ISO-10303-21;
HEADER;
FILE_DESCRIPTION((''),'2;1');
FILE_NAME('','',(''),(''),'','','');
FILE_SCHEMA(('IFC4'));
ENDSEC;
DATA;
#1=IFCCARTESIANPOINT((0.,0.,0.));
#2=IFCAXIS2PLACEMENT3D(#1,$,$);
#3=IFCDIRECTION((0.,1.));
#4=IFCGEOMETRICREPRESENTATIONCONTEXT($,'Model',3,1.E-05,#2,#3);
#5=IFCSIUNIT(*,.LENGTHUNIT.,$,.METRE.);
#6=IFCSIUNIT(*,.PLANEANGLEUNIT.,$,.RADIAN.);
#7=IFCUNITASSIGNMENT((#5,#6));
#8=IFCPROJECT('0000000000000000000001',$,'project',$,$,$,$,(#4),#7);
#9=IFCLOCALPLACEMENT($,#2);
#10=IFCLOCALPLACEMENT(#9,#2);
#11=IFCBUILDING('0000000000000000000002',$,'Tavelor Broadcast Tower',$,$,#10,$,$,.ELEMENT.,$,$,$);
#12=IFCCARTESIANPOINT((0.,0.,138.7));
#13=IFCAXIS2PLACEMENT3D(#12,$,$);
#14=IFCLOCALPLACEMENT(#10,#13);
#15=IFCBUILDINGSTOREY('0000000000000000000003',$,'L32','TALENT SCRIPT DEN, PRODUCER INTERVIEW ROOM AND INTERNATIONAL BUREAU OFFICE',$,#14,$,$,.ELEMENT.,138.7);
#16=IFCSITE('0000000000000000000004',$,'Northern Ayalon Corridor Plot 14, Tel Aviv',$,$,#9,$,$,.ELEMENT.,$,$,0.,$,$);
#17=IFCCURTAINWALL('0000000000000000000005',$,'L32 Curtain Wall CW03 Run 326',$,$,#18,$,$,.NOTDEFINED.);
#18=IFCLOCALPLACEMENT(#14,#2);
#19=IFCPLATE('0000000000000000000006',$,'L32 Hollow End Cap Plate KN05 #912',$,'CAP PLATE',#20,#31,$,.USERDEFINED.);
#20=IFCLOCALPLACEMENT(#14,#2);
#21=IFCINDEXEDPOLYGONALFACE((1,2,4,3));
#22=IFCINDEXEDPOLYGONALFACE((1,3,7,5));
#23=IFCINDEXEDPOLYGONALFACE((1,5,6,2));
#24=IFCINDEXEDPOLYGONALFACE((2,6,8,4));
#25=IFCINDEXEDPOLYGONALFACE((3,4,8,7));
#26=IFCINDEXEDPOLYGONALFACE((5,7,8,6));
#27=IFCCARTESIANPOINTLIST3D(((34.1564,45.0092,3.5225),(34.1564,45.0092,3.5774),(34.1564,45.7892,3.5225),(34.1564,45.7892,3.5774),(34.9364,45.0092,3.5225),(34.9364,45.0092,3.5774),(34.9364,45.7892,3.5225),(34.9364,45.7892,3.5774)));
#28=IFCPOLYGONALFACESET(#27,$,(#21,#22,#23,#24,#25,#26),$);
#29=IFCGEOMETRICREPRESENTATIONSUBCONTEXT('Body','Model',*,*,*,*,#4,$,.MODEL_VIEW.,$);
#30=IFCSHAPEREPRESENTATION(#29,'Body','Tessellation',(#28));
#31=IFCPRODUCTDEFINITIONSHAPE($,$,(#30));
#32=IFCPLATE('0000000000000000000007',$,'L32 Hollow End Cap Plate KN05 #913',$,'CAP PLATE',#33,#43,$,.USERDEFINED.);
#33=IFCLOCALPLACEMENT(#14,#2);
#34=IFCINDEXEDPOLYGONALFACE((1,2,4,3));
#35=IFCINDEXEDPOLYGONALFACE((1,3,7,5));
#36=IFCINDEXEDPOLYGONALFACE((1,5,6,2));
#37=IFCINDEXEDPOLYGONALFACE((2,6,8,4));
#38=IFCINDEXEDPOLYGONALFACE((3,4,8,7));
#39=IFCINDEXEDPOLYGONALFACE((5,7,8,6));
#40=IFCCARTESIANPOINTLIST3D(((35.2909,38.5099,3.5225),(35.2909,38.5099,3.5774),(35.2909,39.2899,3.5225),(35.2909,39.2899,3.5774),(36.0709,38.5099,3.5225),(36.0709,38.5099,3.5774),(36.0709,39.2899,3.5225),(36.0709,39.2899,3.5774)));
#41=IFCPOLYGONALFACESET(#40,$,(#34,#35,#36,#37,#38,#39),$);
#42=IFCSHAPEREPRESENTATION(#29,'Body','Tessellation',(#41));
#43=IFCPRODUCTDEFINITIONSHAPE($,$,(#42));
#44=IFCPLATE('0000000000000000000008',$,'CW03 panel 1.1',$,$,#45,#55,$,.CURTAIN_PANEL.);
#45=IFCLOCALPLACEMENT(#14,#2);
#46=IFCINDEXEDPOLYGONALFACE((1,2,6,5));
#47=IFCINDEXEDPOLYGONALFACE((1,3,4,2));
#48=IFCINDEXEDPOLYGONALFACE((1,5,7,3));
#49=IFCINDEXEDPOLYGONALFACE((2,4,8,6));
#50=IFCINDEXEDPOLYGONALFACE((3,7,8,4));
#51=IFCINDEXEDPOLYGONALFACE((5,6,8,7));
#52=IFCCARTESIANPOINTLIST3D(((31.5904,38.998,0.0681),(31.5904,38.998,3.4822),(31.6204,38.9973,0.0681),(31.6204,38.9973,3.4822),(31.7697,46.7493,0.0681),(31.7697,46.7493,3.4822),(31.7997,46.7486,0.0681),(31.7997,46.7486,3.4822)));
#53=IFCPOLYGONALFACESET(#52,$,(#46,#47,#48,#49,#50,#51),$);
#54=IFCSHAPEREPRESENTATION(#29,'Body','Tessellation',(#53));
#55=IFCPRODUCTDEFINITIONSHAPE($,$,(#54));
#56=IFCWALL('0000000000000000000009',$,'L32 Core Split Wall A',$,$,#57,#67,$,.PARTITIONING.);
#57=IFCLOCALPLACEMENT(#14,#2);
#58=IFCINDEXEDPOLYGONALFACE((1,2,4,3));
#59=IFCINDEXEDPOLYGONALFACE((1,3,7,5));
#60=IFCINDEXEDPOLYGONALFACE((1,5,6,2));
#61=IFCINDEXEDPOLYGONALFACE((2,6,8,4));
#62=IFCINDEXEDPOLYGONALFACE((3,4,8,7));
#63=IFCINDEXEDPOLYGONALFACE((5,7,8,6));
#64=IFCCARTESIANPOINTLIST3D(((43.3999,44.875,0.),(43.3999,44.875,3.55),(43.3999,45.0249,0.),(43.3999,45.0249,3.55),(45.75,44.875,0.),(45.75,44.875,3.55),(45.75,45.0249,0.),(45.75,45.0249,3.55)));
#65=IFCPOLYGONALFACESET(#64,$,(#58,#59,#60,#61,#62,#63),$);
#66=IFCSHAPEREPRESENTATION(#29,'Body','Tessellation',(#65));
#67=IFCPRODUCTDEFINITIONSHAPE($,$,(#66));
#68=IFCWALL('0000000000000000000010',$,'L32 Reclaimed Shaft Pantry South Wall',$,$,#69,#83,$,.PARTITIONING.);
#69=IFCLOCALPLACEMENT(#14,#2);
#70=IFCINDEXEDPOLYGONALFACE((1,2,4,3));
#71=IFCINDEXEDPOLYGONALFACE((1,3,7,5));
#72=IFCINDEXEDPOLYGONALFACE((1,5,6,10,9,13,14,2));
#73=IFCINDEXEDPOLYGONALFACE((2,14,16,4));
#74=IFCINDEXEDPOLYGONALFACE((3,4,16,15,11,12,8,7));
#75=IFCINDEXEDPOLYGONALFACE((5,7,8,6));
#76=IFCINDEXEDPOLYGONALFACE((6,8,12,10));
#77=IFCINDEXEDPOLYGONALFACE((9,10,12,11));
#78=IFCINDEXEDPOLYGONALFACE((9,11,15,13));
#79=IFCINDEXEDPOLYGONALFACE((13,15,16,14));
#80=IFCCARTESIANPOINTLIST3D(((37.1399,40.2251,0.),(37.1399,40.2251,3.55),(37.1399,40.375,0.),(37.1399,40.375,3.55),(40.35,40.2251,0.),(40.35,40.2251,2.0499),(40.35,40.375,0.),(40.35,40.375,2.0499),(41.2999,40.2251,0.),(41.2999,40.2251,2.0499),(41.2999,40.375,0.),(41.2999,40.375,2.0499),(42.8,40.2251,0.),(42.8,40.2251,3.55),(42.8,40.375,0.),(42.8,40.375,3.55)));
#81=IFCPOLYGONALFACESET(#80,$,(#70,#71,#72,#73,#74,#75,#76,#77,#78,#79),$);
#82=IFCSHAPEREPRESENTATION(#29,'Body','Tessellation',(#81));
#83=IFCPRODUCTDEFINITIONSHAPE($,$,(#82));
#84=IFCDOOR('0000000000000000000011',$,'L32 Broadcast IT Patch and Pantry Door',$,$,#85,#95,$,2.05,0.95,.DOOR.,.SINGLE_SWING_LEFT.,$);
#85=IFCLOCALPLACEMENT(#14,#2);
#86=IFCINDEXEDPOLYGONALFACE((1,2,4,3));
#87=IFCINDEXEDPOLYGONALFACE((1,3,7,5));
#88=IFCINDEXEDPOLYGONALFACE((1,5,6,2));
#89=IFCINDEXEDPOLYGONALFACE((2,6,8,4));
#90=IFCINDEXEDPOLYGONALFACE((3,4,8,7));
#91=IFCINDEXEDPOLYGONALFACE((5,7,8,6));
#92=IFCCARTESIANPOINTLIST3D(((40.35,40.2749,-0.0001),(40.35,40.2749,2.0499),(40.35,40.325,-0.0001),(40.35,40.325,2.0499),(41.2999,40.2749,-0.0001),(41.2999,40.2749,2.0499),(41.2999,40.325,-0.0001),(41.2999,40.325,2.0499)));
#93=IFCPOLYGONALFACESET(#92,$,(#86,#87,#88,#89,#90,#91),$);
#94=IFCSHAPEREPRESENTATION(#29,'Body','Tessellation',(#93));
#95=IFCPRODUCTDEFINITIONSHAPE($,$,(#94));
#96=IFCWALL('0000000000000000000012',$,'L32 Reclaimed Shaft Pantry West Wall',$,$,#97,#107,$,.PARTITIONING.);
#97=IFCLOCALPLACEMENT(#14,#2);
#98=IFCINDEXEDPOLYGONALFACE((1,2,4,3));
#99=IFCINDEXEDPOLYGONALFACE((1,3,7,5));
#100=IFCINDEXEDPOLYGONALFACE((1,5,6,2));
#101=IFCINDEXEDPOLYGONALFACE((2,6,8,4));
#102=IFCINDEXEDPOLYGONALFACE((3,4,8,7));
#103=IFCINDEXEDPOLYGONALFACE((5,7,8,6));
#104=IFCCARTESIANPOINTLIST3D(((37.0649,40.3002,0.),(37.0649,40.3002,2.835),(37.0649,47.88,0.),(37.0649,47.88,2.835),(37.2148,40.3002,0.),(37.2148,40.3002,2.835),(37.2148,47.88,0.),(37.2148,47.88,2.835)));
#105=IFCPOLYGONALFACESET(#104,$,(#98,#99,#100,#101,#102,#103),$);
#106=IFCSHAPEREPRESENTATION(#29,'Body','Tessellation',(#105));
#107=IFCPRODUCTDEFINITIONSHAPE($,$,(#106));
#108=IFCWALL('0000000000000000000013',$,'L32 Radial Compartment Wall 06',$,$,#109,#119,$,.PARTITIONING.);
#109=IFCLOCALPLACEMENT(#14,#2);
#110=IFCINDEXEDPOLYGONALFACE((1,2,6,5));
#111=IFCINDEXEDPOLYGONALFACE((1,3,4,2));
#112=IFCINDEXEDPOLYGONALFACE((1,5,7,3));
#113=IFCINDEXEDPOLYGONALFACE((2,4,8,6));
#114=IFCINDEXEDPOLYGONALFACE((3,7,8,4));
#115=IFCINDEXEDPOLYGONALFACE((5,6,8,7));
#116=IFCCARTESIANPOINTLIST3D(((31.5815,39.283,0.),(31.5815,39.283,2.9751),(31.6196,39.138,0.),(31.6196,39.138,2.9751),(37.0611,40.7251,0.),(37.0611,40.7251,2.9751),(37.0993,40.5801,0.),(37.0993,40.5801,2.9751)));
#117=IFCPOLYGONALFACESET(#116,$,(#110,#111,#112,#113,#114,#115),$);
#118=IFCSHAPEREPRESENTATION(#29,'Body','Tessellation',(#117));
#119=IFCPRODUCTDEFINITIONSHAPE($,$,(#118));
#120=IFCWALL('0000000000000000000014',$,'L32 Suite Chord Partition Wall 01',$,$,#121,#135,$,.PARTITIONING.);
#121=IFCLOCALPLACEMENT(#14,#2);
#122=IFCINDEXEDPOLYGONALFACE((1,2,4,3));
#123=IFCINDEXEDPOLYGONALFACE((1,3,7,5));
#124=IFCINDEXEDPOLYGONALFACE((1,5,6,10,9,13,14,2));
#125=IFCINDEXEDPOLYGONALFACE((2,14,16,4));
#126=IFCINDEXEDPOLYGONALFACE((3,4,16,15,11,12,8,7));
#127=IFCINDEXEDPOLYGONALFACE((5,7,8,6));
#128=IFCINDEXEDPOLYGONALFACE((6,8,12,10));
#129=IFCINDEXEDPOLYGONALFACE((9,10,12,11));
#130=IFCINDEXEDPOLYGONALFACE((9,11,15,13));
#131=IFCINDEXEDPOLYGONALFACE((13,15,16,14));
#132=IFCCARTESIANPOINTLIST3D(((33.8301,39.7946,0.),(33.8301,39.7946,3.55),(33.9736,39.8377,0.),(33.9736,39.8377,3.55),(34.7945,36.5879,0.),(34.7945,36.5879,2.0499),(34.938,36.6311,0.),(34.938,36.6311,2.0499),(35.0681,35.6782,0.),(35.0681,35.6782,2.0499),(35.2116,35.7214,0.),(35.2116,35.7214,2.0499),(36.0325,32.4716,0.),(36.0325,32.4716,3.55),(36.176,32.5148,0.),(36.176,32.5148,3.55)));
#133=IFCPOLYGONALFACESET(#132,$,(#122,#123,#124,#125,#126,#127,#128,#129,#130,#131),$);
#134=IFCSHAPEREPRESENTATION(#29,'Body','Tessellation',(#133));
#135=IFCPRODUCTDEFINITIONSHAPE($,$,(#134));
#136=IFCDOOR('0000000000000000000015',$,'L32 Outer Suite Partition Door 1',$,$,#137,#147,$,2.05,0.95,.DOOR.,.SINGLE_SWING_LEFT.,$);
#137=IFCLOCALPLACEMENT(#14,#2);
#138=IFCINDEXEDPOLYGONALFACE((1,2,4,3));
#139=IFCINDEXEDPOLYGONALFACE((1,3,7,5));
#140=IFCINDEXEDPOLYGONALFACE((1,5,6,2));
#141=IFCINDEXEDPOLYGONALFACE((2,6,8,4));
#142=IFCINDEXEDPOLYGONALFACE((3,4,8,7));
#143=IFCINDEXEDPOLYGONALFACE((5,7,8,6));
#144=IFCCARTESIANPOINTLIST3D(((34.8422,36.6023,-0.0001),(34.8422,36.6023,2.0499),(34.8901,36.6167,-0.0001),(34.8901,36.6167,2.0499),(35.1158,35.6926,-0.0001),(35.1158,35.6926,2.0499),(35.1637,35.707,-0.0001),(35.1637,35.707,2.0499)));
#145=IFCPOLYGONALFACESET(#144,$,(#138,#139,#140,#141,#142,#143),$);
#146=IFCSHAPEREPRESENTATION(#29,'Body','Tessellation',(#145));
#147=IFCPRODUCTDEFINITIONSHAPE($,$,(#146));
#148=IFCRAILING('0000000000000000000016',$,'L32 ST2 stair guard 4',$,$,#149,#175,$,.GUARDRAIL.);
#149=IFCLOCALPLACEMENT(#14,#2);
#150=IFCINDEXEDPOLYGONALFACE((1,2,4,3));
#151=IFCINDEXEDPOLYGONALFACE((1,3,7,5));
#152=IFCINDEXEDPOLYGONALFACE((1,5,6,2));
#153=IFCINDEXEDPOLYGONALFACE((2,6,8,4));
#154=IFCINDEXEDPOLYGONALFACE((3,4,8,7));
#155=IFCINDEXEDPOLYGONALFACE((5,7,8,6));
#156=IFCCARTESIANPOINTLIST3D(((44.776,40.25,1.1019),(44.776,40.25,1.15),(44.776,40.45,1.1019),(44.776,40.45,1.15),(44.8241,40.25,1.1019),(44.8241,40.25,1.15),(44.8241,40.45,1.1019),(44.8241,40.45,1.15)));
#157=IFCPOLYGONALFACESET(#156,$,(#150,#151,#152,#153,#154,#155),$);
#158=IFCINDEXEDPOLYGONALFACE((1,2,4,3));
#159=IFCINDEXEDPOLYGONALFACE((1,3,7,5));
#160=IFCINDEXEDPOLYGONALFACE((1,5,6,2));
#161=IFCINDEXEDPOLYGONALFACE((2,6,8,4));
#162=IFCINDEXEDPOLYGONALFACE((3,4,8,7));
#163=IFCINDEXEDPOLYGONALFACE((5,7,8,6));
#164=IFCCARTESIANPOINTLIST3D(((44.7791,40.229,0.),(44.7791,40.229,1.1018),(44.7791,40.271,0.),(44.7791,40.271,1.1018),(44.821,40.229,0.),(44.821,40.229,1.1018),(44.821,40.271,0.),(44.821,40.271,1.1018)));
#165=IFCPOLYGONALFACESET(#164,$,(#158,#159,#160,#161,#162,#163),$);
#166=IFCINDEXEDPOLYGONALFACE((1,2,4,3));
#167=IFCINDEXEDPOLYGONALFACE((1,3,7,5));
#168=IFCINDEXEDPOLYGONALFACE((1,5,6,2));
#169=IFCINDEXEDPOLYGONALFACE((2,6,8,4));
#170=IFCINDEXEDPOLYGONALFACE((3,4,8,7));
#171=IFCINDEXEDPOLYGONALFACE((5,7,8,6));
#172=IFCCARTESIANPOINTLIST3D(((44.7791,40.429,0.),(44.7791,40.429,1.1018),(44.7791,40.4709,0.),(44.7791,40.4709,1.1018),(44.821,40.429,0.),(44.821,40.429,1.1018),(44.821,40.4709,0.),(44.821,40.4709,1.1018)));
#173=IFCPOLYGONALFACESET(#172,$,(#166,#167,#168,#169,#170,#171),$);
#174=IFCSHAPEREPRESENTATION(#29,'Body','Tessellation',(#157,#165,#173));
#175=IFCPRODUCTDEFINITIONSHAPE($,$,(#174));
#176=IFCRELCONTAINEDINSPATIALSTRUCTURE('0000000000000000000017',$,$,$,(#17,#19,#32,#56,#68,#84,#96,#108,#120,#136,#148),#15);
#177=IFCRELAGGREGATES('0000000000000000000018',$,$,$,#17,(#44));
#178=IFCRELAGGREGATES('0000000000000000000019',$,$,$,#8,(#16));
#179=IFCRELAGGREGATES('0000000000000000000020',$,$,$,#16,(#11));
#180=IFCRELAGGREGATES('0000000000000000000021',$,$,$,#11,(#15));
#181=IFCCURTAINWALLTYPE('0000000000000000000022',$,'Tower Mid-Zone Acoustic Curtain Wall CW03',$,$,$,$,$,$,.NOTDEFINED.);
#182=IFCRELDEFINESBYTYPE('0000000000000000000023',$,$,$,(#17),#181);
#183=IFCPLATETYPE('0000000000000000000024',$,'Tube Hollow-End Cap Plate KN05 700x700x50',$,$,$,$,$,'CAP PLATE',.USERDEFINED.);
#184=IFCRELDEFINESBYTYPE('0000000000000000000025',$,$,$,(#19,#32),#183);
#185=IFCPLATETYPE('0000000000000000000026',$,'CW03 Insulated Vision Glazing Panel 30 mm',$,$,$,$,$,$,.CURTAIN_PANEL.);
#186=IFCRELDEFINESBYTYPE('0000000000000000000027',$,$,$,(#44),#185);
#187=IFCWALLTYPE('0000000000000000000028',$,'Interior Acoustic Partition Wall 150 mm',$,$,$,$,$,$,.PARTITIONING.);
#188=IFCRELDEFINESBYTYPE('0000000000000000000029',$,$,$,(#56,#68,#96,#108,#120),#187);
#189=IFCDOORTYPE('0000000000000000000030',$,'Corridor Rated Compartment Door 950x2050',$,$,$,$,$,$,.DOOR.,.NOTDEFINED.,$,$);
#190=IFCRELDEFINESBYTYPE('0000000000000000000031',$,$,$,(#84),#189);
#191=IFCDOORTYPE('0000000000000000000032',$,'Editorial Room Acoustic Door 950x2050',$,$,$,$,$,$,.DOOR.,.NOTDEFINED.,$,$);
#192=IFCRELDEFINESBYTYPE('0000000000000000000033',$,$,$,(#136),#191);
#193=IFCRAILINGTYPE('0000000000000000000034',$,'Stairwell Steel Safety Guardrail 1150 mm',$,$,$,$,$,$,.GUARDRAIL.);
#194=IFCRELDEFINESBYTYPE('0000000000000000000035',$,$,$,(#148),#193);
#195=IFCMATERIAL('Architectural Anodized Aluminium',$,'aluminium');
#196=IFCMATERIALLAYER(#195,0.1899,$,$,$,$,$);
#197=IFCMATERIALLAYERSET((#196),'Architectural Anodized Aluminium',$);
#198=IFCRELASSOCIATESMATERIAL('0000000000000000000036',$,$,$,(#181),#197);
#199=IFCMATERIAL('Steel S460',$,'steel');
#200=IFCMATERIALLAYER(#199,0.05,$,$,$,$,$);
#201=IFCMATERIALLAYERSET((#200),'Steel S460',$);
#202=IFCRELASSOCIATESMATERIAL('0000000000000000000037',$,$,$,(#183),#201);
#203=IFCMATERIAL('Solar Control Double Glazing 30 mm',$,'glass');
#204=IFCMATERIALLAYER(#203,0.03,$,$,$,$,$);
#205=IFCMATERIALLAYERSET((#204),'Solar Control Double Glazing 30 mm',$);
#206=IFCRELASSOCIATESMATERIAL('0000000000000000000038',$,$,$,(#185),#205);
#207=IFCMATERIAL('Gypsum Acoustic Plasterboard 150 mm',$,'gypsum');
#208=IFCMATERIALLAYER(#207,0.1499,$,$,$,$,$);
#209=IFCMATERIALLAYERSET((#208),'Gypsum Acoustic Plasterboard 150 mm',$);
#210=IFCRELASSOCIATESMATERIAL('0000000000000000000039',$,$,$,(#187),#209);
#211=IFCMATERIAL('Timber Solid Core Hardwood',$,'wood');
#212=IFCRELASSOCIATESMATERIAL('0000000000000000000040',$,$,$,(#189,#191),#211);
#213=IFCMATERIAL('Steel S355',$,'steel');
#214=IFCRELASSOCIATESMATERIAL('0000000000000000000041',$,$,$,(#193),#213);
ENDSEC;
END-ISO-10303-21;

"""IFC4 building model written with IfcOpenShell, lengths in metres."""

from ifc_helpers import new_model, si_unit, direction, frame, frame_2d, origin, origin_2d, place, context, subcontext, project, spatial, rectangle, extrude, source, transform, mapped, material, layer, layer_set, type_object, type_shapes, element, fill, aggregate, save


model = new_model("IFC4")

# Units and contexts
model_context = context("Model", 3, precision=1e-05, world=origin(), true_north=direction((0.0, 1.0)))
body_context = subcontext(model_context, "Body", "Model", "MODEL_VIEW")
ifc_project = project(units=[si_unit("LENGTHUNIT", "METRE"), si_unit("PLANEANGLEUNIT", "RADIAN")], contexts=[model_context])

# Site, building, storey
site_placement = place(None, origin())
site = spatial("IfcSite", under=ifc_project, at=site_placement, Name="Northern Ayalon Corridor Plot 14, Tel Aviv", CompositionType="ELEMENT", RefElevation=0.0)
building_placement = place(site_placement, origin())
building = spatial("IfcBuilding", under=site, at=building_placement, Name="Tavelor Broadcast Tower", CompositionType="ELEMENT")
storey_placement = place(building_placement, frame((0.0, 0.0, 138.7)))
storey = spatial("IfcBuildingStorey", under=building, at=storey_placement, Name="L32", Description="TALENT SCRIPT DEN, PRODUCER INTERVIEW ROOM AND INTERNATIONAL BUREAU OFFICE", CompositionType="ELEMENT", Elevation=138.7)

# Shared definitions
ifc_material_1 = material(Name="Steel S460", Category="steel")

# Shared definitions
ifc_material_2 = material(Name="Steel S355", Category="steel")

# Curtain wall
ifc_material_3 = material(Name="Architectural Anodized Aluminium", Category="aluminium")
ifc_layer_1 = layer(ifc_material_3, 0.1899)
ifc_layer_set_1 = layer_set([ifc_layer_1], Name="Architectural Anodized Aluminium")
curtain_wall_type = type_object("IfcCurtainWallType", Name="Tower Mid-Zone Acoustic Curtain Wall CW03", PredefinedType="NOTDEFINED", material=ifc_layer_set_1)
curtain_wall_placement = place(storey_placement, origin())
curtain_wall = element("IfcCurtainWall", 1, at=curtain_wall_placement, inside=storey, type_object=curtain_wall_type, Name="L32 Curtain Wall CW03 Run 326", PredefinedType="NOTDEFINED")

# Plates
ifc_layer_2 = layer(ifc_material_1, 0.05)
ifc_layer_set_2 = layer_set([ifc_layer_2], Name="Steel S460")
plate_type_1 = type_object("IfcPlateType", Name="Tube Hollow-End Cap Plate KN05 700x700x50", ElementType="CAP PLATE", PredefinedType="USERDEFINED", material=ifc_layer_set_2)
shared_shape_1 = source(origin(), body_context, "Body", "SweptSolid", [
    extrude(rectangle(XDim=0.78, YDim=0.78, at=origin_2d()), origin(), (0.0, 0.0, 1.0), 0.0549),
])
type_shapes(plate_type_1, [shared_shape_1])
for number, where, z_axis, x_axis, name in (
    (2, (34.5464, 45.3992, 3.5225), (0.0, 0.0, 1.0), (1.0, 0.0, 0.0), "L32 Hollow End Cap Plate KN05 #912"),
    (3, (35.6809, 38.8999, 3.5225), (0.0, 0.0, 1.0), (1.0, 0.0, 0.0), "L32 Hollow End Cap Plate KN05 #913"),
):
    element("IfcPlate", number, at=place(storey_placement, frame(where, z_axis=z_axis, x_axis=x_axis)), inside=storey, type_object=plate_type_1, Name=name, ObjectType="CAP PLATE", PredefinedType="USERDEFINED", context=body_context, shape_type="MappedRepresentation", body=[
        mapped(shared_shape_1, transform((0.0, 0.0, 0.0), scale=1.0)),
    ])

# Plate
ifc_material_4 = material(Name="Solar Control Double Glazing 30 mm", Category="glass")
ifc_layer_3 = layer(ifc_material_4, 0.03)
ifc_layer_set_3 = layer_set([ifc_layer_3], Name="Solar Control Double Glazing 30 mm")
plate_type_2 = type_object("IfcPlateType", Name="CW03 Insulated Vision Glazing Panel 30 mm", PredefinedType="CURTAIN_PANEL", material=ifc_layer_set_3)
shared_shape_2 = source(origin(), body_context, "Body", "SweptSolid", [
    extrude(rectangle(XDim=7.7534, YDim=0.03, at=origin_2d()), origin(), (0.0, 0.0, 1.0), 3.4141),
])
type_shapes(plate_type_2, [shared_shape_2])
plate_placement = place(storey_placement, frame((31.6951, 42.8733, 0.0681), z_axis=(0.0, 0.0, 1.0), x_axis=(-0.02312, -0.999733, 0.0)))
plate = element("IfcPlate", 4, at=plate_placement, type_object=plate_type_2, Name="CW03 panel 1.1", PredefinedType="CURTAIN_PANEL", context=body_context, shape_type="MappedRepresentation", body=[
    mapped(shared_shape_2, transform((0.0, 0.0, 0.0), scale=1.0)),
])
aggregate(curtain_wall, [plate])

# Wall
ifc_material_5 = material(Name="Gypsum Acoustic Plasterboard 150 mm", Category="gypsum")
ifc_layer_4 = layer(ifc_material_5, 0.1499)
ifc_layer_set_4 = layer_set([ifc_layer_4], Name="Gypsum Acoustic Plasterboard 150 mm")
wall_type_1 = type_object("IfcWallType", Name="Interior Acoustic Partition Wall 150 mm", PredefinedType="PARTITIONING", material=ifc_layer_set_4)
wall_1_placement = place(storey_placement, frame((43.3999, 44.95, 0.0), z_axis=(0.0, 0.0, 1.0), x_axis=(1.0, 0.0, 0.0)))
element("IfcWall", 5, at=wall_1_placement, inside=storey, type_object=wall_type_1, Name="L32 Core Split Wall A", PredefinedType="PARTITIONING", context=body_context, shape_type="SweptSolid", body=[
    extrude(rectangle(XDim=2.3501, YDim=0.1499, at=frame_2d((1.175, 0.0))), origin(), (0.0, 0.0, 1.0), 3.55),
])

# Wall, opening, door
wall_2_placement = place(storey_placement, frame((37.1399, 40.3, 0.0), z_axis=(0.0, 0.0, 1.0), x_axis=(1.0, 0.0, 0.0)))
wall_2 = element("IfcWall", 6, at=wall_2_placement, inside=storey, type_object=wall_type_1, Name="L32 Reclaimed Shaft Pantry South Wall", PredefinedType="PARTITIONING", context=body_context, shape_type="SweptSolid", body=[
    extrude(rectangle(XDim=5.6602, YDim=0.1499, at=frame_2d((2.8301, 0.0))), origin(), (0.0, 0.0, 1.0), 3.55),
])
opening_1_placement = place(wall_2_placement, frame((3.21, 0.0, 0.0)))
opening_1 = element("IfcOpeningElement", 7, at=opening_1_placement, cuts=wall_2, PredefinedType="OPENING", context=body_context, shape_type="SweptSolid", body=[
    extrude(rectangle(XDim=0.95, YDim=2.05, at=frame_2d((0.4751, 1.0249))), frame((0.0, 0.085, 0.0), z_axis=(0.0, -1.0, 0.0), x_axis=(1.0, 0.0, 0.0)), (0.0, 0.0, 1.0), 0.1699),
])
ifc_material_6 = material(Name="Timber Solid Core Hardwood", Category="wood")
door_type_1 = type_object("IfcDoorType", Name="Corridor Rated Compartment Door 950x2050", OperationType="NOTDEFINED", PredefinedType="DOOR", material=ifc_material_6)
door_1_placement = place(opening_1_placement, origin())
door_1 = element("IfcDoor", 8, at=door_1_placement, inside=storey, type_object=door_type_1, Name="L32 Broadcast IT Patch and Pantry Door", OperationType="SINGLE_SWING_LEFT", OverallHeight=2.05, OverallWidth=0.95, PredefinedType="DOOR", context=body_context, shape_type="SweptSolid", body=[
    extrude(rectangle(XDim=0.95, YDim=2.05, at=frame_2d((0.4751, 1.0249))), frame((0.0, 0.0249, 0.0), z_axis=(0.0, -1.0, 0.0), x_axis=(1.0, 0.0, 0.0)), (0.0, 0.0, 1.0), 0.05),
])
fill(opening_1, door_1)

# Walls
wall_3_placement = place(storey_placement, frame((37.1399, 40.3, 0.0), z_axis=(0.0, 0.0, 1.0), x_axis=(0.0, 1.0, 0.0)))
element("IfcWall", 9, at=wall_3_placement, inside=storey, type_object=wall_type_1, Name="L32 Reclaimed Shaft Pantry West Wall", PredefinedType="PARTITIONING", context=body_context, shape_type="SweptSolid", body=[
    extrude(rectangle(XDim=7.5798, YDim=0.1499, at=frame_2d((3.79, 0.0))), origin(), (0.0, 0.0, 1.0), 2.835),
])
wall_4_placement = place(storey_placement, frame((37.0801, 40.6526, 0.0), z_axis=(0.0, 0.0, 1.0), x_axis=(-0.96707, -0.25451, 0.0)))
element("IfcWall", 10, at=wall_4_placement, inside=storey, type_object=wall_type_1, Name="L32 Radial Compartment Wall 06", PredefinedType="PARTITIONING", context=body_context, shape_type="SweptSolid", body=[
    extrude(rectangle(XDim=5.6663, YDim=0.1499, at=frame_2d((2.833, 0.0))), origin(), (0.0, 0.0, 1.0), 2.9751),
])

# Wall, opening, door
wall_5_placement = place(storey_placement, frame((33.9019, 39.8162, 0.0), z_axis=(0.0, 0.0, 1.0), x_axis=(0.288007, -0.957628, 0.0)))
wall_5 = element("IfcWall", 11, at=wall_5_placement, inside=storey, type_object=wall_type_1, Name="L32 Suite Chord Partition Wall 01", PredefinedType="PARTITIONING", context=body_context, shape_type="SweptSolid", body=[
    extrude(rectangle(XDim=7.647, YDim=0.1499, at=frame_2d((3.8235, 0.0))), origin(), (0.0, 0.0, 1.0), 3.55),
])
opening_2_placement = place(wall_5_placement, frame((3.3484, 0.0, 0.0)))
opening_2 = element("IfcOpeningElement", 12, at=opening_2_placement, cuts=wall_5, PredefinedType="OPENING", context=body_context, shape_type="SweptSolid", body=[
    extrude(rectangle(XDim=0.95, YDim=2.05, at=frame_2d((0.4751, 1.0249))), frame((0.0, 0.085, 0.0), z_axis=(0.0, -1.0, 0.0), x_axis=(1.0, 0.0, 0.0)), (0.0, 0.0, 1.0), 0.1699),
])
door_type_2 = type_object("IfcDoorType", Name="Editorial Room Acoustic Door 950x2050", OperationType="NOTDEFINED", PredefinedType="DOOR", material=ifc_material_6)
door_2_placement = place(opening_2_placement, origin())
door_2 = element("IfcDoor", 13, at=door_2_placement, inside=storey, type_object=door_type_2, Name="L32 Outer Suite Partition Door 1", OperationType="SINGLE_SWING_LEFT", OverallHeight=2.05, OverallWidth=0.95, PredefinedType="DOOR", context=body_context, shape_type="SweptSolid", body=[
    extrude(rectangle(XDim=0.95, YDim=2.05, at=frame_2d((0.4751, 1.0249))), frame((0.0, 0.0249, 0.0), z_axis=(0.0, -1.0, 0.0), x_axis=(1.0, 0.0, 0.0)), (0.0, 0.0, 1.0), 0.05),
])
fill(opening_2, door_2)

# Railing
railing_type = type_object("IfcRailingType", Name="Stairwell Steel Safety Guardrail 1150 mm", PredefinedType="GUARDRAIL", material=ifc_material_2)
railing_placement = place(storey_placement, frame((44.8, 40.25, 0.0)))
element("IfcRailing", 14, at=railing_placement, inside=storey, type_object=railing_type, Name="L32 ST2 stair guard 4", PredefinedType="GUARDRAIL", context=body_context, shape_type="SweptSolid", body=[
    extrude(rectangle(XDim=0.0481, YDim=0.0481, at=origin_2d()), frame((0.0, 0.0, 1.126), z_axis=(0.0, 1.0, 0.0), x_axis=(-1.0, 0.0, 0.0)), (0.0, 0.0, 1.0), 0.2),
    extrude(rectangle(XDim=0.042, YDim=0.042, at=origin_2d()), origin(), (0.0, 0.0, 1.0), 1.1018),
    extrude(rectangle(XDim=0.042, YDim=0.042, at=origin_2d()), frame((0.0, 0.2, 0.0)), (0.0, 0.0, 1.0), 1.1018),
])

save(model, "model.ifc")
